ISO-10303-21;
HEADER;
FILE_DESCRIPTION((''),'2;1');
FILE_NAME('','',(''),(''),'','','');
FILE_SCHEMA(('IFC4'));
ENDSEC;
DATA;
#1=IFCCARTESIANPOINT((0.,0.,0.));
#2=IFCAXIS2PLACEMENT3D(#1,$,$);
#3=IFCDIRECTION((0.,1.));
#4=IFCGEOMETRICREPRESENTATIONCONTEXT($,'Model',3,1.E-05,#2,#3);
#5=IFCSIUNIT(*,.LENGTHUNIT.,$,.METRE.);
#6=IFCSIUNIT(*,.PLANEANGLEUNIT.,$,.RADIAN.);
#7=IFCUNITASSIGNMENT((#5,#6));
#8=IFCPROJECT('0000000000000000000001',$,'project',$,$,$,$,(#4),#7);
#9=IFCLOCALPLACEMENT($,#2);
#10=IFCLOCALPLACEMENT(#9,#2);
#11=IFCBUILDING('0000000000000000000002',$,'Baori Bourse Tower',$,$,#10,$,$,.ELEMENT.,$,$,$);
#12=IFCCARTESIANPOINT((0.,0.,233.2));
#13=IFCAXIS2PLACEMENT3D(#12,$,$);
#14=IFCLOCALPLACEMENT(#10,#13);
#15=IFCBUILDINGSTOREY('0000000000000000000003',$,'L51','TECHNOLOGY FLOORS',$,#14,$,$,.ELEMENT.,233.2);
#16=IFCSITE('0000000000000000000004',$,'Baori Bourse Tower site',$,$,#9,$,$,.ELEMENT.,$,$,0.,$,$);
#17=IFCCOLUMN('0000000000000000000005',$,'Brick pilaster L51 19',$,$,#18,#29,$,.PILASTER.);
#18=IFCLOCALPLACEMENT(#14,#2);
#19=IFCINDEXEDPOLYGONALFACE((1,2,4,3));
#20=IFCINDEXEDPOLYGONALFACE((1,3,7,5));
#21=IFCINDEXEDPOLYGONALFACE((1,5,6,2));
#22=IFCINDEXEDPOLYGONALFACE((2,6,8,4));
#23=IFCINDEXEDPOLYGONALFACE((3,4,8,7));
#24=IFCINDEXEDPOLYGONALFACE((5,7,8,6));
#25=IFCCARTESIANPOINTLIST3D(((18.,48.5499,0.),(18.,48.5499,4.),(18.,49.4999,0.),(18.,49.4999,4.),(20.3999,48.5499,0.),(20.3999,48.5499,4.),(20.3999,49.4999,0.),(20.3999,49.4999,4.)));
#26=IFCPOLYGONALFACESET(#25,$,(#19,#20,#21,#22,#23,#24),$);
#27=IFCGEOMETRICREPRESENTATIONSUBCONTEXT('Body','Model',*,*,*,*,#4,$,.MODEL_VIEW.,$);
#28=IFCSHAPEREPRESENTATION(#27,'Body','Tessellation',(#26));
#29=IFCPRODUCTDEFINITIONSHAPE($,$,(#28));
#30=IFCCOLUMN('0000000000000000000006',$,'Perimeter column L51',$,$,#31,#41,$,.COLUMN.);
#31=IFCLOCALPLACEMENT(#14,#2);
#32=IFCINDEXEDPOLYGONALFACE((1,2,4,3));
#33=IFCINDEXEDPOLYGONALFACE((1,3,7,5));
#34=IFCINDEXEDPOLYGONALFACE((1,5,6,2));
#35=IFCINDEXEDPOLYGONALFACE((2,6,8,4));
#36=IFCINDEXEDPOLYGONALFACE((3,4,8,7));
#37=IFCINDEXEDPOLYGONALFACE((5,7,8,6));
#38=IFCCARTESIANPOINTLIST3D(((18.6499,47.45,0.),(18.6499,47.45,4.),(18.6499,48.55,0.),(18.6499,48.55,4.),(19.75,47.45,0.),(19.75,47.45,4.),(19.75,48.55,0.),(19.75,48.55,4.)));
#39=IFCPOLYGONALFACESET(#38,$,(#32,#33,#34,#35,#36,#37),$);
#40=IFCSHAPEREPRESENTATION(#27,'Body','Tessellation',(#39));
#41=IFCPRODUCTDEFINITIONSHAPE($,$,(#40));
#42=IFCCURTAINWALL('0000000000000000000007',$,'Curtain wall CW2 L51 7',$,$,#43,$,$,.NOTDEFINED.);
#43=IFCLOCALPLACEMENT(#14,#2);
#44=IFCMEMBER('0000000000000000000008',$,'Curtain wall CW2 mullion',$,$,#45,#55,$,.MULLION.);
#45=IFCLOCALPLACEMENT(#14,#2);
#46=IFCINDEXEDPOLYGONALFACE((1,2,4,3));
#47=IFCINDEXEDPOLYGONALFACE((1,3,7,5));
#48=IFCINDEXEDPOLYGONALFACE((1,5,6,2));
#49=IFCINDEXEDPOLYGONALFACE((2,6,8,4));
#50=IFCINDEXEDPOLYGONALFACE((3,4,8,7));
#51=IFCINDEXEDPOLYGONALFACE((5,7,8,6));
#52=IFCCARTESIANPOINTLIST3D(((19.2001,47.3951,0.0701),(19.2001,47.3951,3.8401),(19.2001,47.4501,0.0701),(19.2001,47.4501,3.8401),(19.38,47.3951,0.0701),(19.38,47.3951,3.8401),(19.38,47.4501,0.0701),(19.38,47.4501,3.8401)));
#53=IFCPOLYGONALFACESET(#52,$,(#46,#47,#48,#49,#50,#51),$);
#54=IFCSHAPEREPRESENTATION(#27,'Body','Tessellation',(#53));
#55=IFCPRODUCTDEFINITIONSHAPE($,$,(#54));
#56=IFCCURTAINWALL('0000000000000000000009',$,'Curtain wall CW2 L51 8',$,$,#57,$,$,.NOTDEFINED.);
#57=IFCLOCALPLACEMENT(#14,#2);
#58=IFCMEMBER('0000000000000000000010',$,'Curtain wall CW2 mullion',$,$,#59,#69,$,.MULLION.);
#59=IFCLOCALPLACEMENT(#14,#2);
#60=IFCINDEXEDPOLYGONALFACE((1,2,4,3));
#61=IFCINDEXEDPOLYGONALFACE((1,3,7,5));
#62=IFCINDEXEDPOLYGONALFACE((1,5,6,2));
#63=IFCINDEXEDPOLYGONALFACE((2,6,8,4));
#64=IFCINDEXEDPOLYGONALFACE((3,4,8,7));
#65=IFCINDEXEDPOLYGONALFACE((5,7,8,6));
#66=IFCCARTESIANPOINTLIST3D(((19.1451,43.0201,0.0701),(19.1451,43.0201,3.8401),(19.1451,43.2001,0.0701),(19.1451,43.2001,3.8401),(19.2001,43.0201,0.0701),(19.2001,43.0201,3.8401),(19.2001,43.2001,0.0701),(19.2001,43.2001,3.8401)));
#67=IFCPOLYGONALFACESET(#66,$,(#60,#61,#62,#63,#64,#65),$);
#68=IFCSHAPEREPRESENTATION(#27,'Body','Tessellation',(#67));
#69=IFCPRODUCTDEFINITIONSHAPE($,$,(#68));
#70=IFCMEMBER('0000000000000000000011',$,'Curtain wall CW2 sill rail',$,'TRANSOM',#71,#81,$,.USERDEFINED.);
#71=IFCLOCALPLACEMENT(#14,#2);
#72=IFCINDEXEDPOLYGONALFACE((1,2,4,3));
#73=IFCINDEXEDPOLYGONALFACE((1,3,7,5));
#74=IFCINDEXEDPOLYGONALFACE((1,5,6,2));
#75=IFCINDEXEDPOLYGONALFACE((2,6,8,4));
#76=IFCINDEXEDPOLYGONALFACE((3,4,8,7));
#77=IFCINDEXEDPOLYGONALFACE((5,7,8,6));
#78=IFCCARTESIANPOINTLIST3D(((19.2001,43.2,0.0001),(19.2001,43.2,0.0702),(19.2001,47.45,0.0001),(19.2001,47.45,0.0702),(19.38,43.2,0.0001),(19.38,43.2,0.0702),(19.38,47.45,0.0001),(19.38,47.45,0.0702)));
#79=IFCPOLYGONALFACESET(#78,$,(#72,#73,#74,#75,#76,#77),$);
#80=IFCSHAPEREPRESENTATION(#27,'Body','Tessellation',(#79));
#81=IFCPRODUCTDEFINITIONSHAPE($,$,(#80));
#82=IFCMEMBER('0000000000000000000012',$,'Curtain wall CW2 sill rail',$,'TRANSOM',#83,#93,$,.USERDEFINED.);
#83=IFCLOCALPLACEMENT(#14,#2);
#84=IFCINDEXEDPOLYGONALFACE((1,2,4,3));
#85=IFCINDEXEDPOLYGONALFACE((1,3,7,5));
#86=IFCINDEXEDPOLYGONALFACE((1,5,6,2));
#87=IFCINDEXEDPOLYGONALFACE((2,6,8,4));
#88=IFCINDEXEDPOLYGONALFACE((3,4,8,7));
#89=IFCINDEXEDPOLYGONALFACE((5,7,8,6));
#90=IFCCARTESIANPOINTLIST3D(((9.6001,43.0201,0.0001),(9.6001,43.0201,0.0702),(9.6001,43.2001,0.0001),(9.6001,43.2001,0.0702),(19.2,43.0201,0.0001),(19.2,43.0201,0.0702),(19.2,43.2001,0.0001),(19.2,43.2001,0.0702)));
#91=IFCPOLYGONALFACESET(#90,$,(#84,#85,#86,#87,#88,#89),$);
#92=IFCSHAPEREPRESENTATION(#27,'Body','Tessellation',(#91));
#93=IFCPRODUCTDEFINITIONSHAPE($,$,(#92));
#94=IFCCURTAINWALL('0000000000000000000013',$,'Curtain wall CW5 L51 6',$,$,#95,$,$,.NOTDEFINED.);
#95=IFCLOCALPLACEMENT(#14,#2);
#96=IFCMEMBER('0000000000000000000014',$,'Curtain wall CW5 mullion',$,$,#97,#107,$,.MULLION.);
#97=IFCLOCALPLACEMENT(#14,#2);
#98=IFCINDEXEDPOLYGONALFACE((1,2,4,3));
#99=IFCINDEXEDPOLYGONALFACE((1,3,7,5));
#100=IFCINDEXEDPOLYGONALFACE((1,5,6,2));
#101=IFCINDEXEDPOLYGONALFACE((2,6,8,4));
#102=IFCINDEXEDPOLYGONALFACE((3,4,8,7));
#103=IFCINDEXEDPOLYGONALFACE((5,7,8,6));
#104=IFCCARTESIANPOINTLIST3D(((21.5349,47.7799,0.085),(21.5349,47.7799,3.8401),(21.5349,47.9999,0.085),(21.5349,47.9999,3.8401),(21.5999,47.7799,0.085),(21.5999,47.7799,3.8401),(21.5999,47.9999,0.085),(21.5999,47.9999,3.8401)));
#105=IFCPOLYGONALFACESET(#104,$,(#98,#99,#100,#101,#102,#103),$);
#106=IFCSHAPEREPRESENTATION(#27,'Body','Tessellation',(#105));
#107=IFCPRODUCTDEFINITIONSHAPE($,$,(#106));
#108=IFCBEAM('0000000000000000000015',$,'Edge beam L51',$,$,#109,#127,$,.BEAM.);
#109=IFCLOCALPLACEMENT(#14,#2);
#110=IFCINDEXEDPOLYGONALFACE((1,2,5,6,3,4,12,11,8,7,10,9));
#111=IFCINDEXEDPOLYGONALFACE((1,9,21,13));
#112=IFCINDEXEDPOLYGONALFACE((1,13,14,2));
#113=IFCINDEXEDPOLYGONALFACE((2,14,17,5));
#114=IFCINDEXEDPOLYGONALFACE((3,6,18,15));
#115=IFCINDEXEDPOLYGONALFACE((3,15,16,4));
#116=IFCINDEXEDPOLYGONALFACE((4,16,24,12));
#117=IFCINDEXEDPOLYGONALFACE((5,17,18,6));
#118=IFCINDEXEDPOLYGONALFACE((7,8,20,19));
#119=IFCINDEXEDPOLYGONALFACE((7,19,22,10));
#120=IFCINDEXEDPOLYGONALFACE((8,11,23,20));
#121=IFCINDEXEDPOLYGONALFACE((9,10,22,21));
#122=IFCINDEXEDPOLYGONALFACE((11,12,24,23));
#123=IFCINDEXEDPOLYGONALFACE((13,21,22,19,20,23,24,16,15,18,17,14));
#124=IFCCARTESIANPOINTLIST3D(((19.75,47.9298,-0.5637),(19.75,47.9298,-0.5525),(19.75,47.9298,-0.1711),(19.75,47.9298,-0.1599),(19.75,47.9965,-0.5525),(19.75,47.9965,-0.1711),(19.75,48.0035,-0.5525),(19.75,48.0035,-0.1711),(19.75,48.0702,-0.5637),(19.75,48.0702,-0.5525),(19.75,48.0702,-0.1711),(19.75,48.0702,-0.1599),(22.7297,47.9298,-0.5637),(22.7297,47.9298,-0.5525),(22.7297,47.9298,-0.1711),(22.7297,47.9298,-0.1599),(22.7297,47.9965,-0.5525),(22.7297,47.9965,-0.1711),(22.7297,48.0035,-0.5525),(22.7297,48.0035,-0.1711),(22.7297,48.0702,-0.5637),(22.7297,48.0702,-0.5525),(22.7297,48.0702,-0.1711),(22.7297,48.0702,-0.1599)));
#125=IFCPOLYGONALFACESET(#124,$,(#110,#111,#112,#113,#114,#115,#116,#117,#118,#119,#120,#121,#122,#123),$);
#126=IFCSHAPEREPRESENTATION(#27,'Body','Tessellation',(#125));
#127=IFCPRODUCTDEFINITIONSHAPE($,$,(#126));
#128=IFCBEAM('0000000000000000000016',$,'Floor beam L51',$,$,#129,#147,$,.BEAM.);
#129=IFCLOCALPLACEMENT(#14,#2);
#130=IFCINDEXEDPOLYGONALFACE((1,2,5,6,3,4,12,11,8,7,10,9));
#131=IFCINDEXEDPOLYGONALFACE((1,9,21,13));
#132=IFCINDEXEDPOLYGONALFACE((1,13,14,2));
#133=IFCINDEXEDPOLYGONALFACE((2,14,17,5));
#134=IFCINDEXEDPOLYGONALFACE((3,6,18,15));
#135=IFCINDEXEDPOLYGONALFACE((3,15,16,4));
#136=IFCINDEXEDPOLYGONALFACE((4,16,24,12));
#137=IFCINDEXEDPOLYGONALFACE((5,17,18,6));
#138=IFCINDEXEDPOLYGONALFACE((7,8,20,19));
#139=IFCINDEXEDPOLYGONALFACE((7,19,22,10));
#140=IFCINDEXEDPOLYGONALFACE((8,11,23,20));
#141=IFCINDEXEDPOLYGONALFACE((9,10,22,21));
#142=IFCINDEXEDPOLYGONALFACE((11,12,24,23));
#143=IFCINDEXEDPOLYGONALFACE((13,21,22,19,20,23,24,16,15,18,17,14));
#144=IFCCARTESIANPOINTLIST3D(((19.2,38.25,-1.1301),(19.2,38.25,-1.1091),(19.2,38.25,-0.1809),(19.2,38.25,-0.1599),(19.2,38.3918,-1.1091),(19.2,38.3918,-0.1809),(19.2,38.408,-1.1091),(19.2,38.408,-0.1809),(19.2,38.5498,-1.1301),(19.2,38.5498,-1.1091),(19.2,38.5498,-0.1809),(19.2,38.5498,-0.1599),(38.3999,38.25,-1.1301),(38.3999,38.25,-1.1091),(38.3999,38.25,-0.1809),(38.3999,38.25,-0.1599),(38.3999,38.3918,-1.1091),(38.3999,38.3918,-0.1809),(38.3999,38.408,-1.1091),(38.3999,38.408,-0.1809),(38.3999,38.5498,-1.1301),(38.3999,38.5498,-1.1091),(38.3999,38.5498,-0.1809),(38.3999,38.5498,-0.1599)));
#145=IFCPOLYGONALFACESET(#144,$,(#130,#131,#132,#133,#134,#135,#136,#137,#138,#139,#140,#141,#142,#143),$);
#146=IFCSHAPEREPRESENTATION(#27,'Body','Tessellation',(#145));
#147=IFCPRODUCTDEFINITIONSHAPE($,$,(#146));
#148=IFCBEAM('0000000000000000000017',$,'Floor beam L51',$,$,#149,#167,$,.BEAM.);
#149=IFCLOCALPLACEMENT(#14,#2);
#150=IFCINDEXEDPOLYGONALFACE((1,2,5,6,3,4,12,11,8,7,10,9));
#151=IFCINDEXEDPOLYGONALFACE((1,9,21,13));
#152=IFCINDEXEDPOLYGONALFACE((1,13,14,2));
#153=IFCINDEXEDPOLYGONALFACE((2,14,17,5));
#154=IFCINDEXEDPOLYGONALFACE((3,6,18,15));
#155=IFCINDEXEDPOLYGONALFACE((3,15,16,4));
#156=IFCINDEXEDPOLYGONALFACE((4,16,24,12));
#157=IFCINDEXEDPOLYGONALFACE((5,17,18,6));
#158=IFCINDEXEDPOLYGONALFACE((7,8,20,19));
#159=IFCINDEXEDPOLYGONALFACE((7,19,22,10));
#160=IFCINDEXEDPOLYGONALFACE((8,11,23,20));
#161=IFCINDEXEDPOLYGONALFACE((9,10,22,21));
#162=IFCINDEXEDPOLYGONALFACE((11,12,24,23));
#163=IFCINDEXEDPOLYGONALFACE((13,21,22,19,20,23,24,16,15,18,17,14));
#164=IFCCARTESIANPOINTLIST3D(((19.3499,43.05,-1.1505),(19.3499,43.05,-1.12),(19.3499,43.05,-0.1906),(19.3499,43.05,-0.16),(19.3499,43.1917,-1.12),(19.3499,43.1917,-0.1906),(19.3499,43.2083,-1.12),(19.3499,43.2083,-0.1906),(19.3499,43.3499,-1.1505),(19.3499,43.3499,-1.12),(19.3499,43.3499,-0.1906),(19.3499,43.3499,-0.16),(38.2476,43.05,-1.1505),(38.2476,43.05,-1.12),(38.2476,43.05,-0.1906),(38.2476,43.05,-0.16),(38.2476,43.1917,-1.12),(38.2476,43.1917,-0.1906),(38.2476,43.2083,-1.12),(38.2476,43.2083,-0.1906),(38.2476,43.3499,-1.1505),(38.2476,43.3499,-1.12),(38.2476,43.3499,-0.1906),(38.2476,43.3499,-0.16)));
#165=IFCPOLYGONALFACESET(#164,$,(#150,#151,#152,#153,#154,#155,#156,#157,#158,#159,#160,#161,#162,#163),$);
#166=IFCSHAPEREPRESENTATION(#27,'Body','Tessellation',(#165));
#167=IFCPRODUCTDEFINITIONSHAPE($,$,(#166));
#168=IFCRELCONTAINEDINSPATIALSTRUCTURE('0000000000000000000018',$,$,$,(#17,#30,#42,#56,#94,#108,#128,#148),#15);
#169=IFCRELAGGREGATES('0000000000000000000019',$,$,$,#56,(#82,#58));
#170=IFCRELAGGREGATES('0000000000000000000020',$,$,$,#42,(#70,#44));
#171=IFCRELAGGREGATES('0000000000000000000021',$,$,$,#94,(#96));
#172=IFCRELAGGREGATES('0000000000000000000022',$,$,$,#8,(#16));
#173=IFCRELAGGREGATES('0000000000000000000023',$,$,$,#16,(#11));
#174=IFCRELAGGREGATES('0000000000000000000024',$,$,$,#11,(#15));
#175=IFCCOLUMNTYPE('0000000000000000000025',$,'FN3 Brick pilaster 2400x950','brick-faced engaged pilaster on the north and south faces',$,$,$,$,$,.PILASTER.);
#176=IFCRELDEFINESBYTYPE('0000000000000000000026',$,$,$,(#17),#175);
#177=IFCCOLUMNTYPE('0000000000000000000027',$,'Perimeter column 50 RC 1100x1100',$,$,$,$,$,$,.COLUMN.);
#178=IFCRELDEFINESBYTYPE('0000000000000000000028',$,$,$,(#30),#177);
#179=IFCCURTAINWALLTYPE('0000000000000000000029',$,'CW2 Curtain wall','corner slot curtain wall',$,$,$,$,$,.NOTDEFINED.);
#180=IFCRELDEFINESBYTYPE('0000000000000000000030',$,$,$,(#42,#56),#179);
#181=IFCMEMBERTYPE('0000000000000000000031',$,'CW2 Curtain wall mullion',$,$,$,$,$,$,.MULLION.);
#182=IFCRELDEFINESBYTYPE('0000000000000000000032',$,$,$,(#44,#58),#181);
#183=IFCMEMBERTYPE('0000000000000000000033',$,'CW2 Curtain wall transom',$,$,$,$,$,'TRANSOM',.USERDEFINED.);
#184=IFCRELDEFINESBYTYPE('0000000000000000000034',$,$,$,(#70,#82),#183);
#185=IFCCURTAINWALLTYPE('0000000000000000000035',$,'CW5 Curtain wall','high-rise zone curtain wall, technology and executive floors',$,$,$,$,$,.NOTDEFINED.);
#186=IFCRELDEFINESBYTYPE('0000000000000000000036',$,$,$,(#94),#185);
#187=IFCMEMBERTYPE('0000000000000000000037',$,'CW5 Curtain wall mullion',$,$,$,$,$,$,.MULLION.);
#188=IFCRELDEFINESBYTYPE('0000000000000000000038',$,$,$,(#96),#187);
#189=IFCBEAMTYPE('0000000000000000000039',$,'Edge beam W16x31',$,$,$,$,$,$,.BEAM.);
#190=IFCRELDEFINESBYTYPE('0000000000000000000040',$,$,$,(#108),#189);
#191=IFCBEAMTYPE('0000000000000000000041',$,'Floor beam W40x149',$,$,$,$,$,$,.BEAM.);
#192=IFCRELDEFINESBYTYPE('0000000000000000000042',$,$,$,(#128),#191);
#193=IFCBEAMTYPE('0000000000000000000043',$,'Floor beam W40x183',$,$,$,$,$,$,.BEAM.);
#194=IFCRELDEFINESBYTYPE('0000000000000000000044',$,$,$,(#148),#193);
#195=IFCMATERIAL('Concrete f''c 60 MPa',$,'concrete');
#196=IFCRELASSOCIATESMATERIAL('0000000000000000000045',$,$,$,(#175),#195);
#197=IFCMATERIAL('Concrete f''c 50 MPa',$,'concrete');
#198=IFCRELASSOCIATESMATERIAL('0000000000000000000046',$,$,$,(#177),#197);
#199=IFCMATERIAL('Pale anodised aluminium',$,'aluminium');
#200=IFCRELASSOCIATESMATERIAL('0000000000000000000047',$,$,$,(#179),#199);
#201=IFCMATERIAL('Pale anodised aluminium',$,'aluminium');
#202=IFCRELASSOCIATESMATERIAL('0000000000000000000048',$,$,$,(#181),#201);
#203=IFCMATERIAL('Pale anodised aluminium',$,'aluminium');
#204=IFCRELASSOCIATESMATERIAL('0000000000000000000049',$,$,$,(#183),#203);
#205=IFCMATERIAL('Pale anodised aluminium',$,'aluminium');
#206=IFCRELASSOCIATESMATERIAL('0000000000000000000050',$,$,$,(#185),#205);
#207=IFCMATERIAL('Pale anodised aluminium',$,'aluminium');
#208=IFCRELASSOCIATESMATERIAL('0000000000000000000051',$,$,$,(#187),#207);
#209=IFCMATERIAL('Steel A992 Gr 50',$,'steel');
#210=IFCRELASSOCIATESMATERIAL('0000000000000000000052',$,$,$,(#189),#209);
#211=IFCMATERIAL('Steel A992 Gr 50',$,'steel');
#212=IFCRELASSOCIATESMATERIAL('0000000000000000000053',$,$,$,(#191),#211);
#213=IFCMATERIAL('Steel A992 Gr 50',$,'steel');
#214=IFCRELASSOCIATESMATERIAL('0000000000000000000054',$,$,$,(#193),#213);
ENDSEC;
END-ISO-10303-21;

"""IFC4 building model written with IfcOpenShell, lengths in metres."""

from ifc_helpers import new_model, si_unit, direction, frame, origin, origin_2d, place, context, subcontext, project, spatial, rectangle, i_section, extrude, material, material_profile, profile_set, type_object, element, aggregate, save


model = new_model("IFC4")

# Units and contexts
model_context = context("Model", 3, precision=1e-05, world=origin(), true_north=direction((0.0, 1.0)))
body_context = subcontext(model_context, "Body", "Model", "MODEL_VIEW")
ifc_project = project(units=[si_unit("LENGTHUNIT", "METRE"), si_unit("PLANEANGLEUNIT", "RADIAN")], contexts=[model_context])

# Site, building, storey
site_placement = place(None, origin())
site = spatial("IfcSite", under=ifc_project, at=site_placement, Name="Baori Bourse Tower site", CompositionType="ELEMENT", RefElevation=0.0)
building_placement = place(site_placement, origin())
building = spatial("IfcBuilding", under=site, at=building_placement, Name="Baori Bourse Tower", CompositionType="ELEMENT")
storey_placement = place(building_placement, frame((0.0, 0.0, 233.2)))
storey = spatial("IfcBuildingStorey", under=building, at=storey_placement, Name="L51", Description="TECHNOLOGY FLOORS", CompositionType="ELEMENT", Elevation=233.2)

# Columns
ifc_material_1 = material(Name="Concrete f'c 60 MPa", Category="concrete")
ifc_material_profile_1 = material_profile(ifc_material_1, rectangle(XDim=2.3999, YDim=0.95, at=origin_2d()), Name="RC 2400x950")
ifc_profile_set_1 = profile_set([ifc_material_profile_1], Name="Concrete f'c 60 MPa")
column_type_1 = type_object("IfcColumnType", Name="FN3 Brick pilaster 2400x950", Description="brick-faced engaged pilaster on the north and south faces", PredefinedType="PILASTER", material=ifc_profile_set_1)
column_1_placement = place(storey_placement, frame((19.2, 49.0249, 0.0), z_axis=(0.0, 0.0, 1.0), x_axis=(1.0, 0.0, 0.0)))
element("IfcColumn", 1, at=column_1_placement, inside=storey, type_object=column_type_1, Name="Brick pilaster L51 19", PredefinedType="PILASTER", context=body_context, shape_type="SweptSolid", body=[
    extrude(rectangle(XDim=2.3999, YDim=0.95, at=origin_2d()), origin(), (0.0, 0.0, 1.0), 4.0),
])
ifc_material_2 = material(Name="Concrete f'c 50 MPa", Category="concrete")
ifc_material_profile_2 = material_profile(ifc_material_2, rectangle(XDim=1.1001, YDim=1.1001, at=origin_2d()), Name="RC 1100x1100")
ifc_profile_set_2 = profile_set([ifc_material_profile_2], Name="Concrete f'c 50 MPa")
column_type_2 = type_object("IfcColumnType", Name="Perimeter column 50 RC 1100x1100", PredefinedType="COLUMN", material=ifc_profile_set_2)
column_2_placement = place(storey_placement, frame((19.2, 48.0, 0.0), z_axis=(0.0, 0.0, 1.0), x_axis=(1.0, 0.0, 0.0)))
element("IfcColumn", 2, at=column_2_placement, inside=storey, type_object=column_type_2, Name="Perimeter column L51", PredefinedType="COLUMN", context=body_context, shape_type="SweptSolid", body=[
    extrude(rectangle(XDim=1.1001, YDim=1.1001, at=origin_2d()), origin(), (0.0, 0.0, 1.0), 4.0),
])

# Curtain walls, members
ifc_material_3 = material(Name="Pale anodised aluminium", Category="aluminium")
curtain_wall_type_1 = type_object("IfcCurtainWallType", Name="CW2 Curtain wall", Description="corner slot curtain wall", PredefinedType="NOTDEFINED", material=ifc_material_3)
curtain_wall_1_placement = place(storey_placement, origin())
curtain_wall_1 = element("IfcCurtainWall", 3, at=curtain_wall_1_placement, inside=storey, type_object=curtain_wall_type_1, Name="Curtain wall CW2 L51 7", PredefinedType="NOTDEFINED")
ifc_material_4 = material(Name="Pale anodised aluminium", Category="aluminium")
ifc_material_profile_3 = material_profile(ifc_material_4, rectangle(XDim=0.1799, YDim=0.0549, at=origin_2d()), Name="Mullion 55x180")
ifc_profile_set_3 = profile_set([ifc_material_profile_3], Name="Pale anodised aluminium")
member_type_1 = type_object("IfcMemberType", Name="CW2 Curtain wall mullion", PredefinedType="MULLION", material=ifc_profile_set_3)
member_1_placement = place(storey_placement, frame((19.29, 47.4226, 0.0701), z_axis=(0.0, 0.0, 1.0), x_axis=(1.0, 0.0, 0.0)))
member_1 = element("IfcMember", 4, at=member_1_placement, type_object=member_type_1, Name="Curtain wall CW2 mullion", PredefinedType="MULLION", context=body_context, shape_type="SweptSolid", body=[
    extrude(rectangle(XDim=0.1799, YDim=0.0549, at=origin_2d()), origin(), (0.0, 0.0, 1.0), 3.77),
])
curtain_wall_2_placement = place(storey_placement, origin())
curtain_wall_2 = element("IfcCurtainWall", 5, at=curtain_wall_2_placement, inside=storey, type_object=curtain_wall_type_1, Name="Curtain wall CW2 L51 8", PredefinedType="NOTDEFINED")
member_2_placement = place(storey_placement, frame((19.1726, 43.1101, 0.0701), z_axis=(0.0, 0.0, 1.0), x_axis=(0.0, -1.0, 0.0)))
member_2 = element("IfcMember", 6, at=member_2_placement, type_object=member_type_1, Name="Curtain wall CW2 mullion", PredefinedType="MULLION", context=body_context, shape_type="SweptSolid", body=[
    extrude(rectangle(XDim=0.1799, YDim=0.0549, at=origin_2d()), origin(), (0.0, 0.0, 1.0), 3.77),
])

# Members
ifc_material_5 = material(Name="Pale anodised aluminium", Category="aluminium")
ifc_material_profile_4 = material_profile(ifc_material_5, rectangle(XDim=0.1799, YDim=0.0701, at=origin_2d()), Name="Transom 70x180")
ifc_profile_set_4 = profile_set([ifc_material_profile_4], Name="Pale anodised aluminium")
member_type_2 = type_object("IfcMemberType", Name="CW2 Curtain wall transom", ElementType="TRANSOM", PredefinedType="USERDEFINED", material=ifc_profile_set_4)
member_3_placement = place(storey_placement, frame((19.29, 47.45, 0.0352), z_axis=(0.0, -1.0, 0.0), x_axis=(1.0, 0.0, 0.0)))
member_3 = element("IfcMember", 7, at=member_3_placement, type_object=member_type_2, Name="Curtain wall CW2 sill rail", ObjectType="TRANSOM", PredefinedType="USERDEFINED", context=body_context, shape_type="SweptSolid", body=[
    extrude(rectangle(XDim=0.1799, YDim=0.0701, at=origin_2d()), origin(), (0.0, 0.0, 1.0), 4.25),
])
member_4_placement = place(storey_placement, frame((19.2, 43.1101, 0.0352), z_axis=(-1.0, 0.0, 0.0), x_axis=(0.0, -1.0, 0.0)))
member_4 = element("IfcMember", 8, at=member_4_placement, type_object=member_type_2, Name="Curtain wall CW2 sill rail", ObjectType="TRANSOM", PredefinedType="USERDEFINED", context=body_context, shape_type="SweptSolid", body=[
    extrude(rectangle(XDim=0.1799, YDim=0.0701, at=origin_2d()), origin(), (0.0, 0.0, 1.0), 9.5999),
])
aggregate(curtain_wall_2, [member_4, member_2])

# Curtain wall, member
ifc_material_6 = material(Name="Pale anodised aluminium", Category="aluminium")
curtain_wall_type_2 = type_object("IfcCurtainWallType", Name="CW5 Curtain wall", Description="high-rise zone curtain wall, technology and executive floors", PredefinedType="NOTDEFINED", material=ifc_material_6)
curtain_wall_3_placement = place(storey_placement, origin())
curtain_wall_3 = element("IfcCurtainWall", 9, at=curtain_wall_3_placement, inside=storey, type_object=curtain_wall_type_2, Name="Curtain wall CW5 L51 6", PredefinedType="NOTDEFINED")
ifc_material_7 = material(Name="Pale anodised aluminium", Category="aluminium")
ifc_material_profile_5 = material_profile(ifc_material_7, rectangle(XDim=0.22, YDim=0.0649, at=origin_2d()), Name="Mullion 65x220")
ifc_profile_set_5 = profile_set([ifc_material_profile_5], Name="Pale anodised aluminium")
member_type_3 = type_object("IfcMemberType", Name="CW5 Curtain wall mullion", PredefinedType="MULLION", material=ifc_profile_set_5)
member_5_placement = place(storey_placement, frame((21.5674, 47.8899, 0.085), z_axis=(0.0, 0.0, 1.0), x_axis=(0.0, -1.0, 0.0)))
member_5 = element("IfcMember", 10, at=member_5_placement, type_object=member_type_3, Name="Curtain wall CW5 mullion", PredefinedType="MULLION", context=body_context, shape_type="SweptSolid", body=[
    extrude(rectangle(XDim=0.22, YDim=0.0649, at=origin_2d()), origin(), (0.0, 0.0, 1.0), 3.7551),
])

# Beams
ifc_material_8 = material(Name="Steel A992 Gr 50", Category="steel")
ifc_material_profile_6 = material_profile(ifc_material_8, i_section(OverallWidth=0.1404, OverallDepth=0.4038, WebThickness=0.0071, FlangeThickness=0.0112, at=origin_2d()), Name="W16x31")
ifc_profile_set_6 = profile_set([ifc_material_profile_6], Name="Steel A992 Gr 50")
beam_type_1 = type_object("IfcBeamType", Name="Edge beam W16x31", PredefinedType="BEAM", material=ifc_profile_set_6)
beam_1_placement = place(storey_placement, frame((19.75, 48.0, -0.3618), z_axis=(1.0, 0.0, 0.0), x_axis=(0.0, 1.0, 0.0)))
element("IfcBeam", 11, at=beam_1_placement, inside=storey, type_object=beam_type_1, Name="Edge beam L51", PredefinedType="BEAM", context=body_context, shape_type="SweptSolid", body=[
    extrude(i_section(OverallWidth=0.1404, OverallDepth=0.4038, WebThickness=0.0071, FlangeThickness=0.0112, at=origin_2d()), origin(), (0.0, 0.0, 1.0), 2.9797),
])
ifc_material_9 = material(Name="Steel A992 Gr 50", Category="steel")
ifc_material_profile_7 = material_profile(ifc_material_9, i_section(OverallWidth=0.2998, OverallDepth=0.9702, WebThickness=0.0161, FlangeThickness=0.021, at=origin_2d()), Name="W40x149")
ifc_profile_set_7 = profile_set([ifc_material_profile_7], Name="Steel A992 Gr 50")
beam_type_2 = type_object("IfcBeamType", Name="Floor beam W40x149", PredefinedType="BEAM", material=ifc_profile_set_7)
beam_2_placement = place(storey_placement, frame((19.2, 38.3999, -0.645), z_axis=(1.0, 0.0, 0.0), x_axis=(0.0, 1.0, 0.0)))
element("IfcBeam", 12, at=beam_2_placement, inside=storey, type_object=beam_type_2, Name="Floor beam L51", PredefinedType="BEAM", context=body_context, shape_type="SweptSolid", body=[
    extrude(i_section(OverallWidth=0.2998, OverallDepth=0.9702, WebThickness=0.0161, FlangeThickness=0.021, at=origin_2d()), origin(), (0.0, 0.0, 1.0), 19.2),
])
ifc_material_10 = material(Name="Steel A992 Gr 50", Category="steel")
ifc_material_profile_8 = material_profile(ifc_material_10, i_section(OverallWidth=0.2998, OverallDepth=0.9905, WebThickness=0.0166, FlangeThickness=0.0305, at=origin_2d()), Name="W40x183")
ifc_profile_set_8 = profile_set([ifc_material_profile_8], Name="Steel A992 Gr 50")
beam_type_3 = type_object("IfcBeamType", Name="Floor beam W40x183", PredefinedType="BEAM", material=ifc_profile_set_8)
beam_3_placement = place(storey_placement, frame((19.3499, 43.2, -0.6553), z_axis=(1.0, 0.0, 0.0), x_axis=(0.0, 1.0, 0.0)))
element("IfcBeam", 13, at=beam_3_placement, inside=storey, type_object=beam_type_3, Name="Floor beam L51", PredefinedType="BEAM", context=body_context, shape_type="SweptSolid", body=[
    extrude(i_section(OverallWidth=0.2998, OverallDepth=0.9905, WebThickness=0.0166, FlangeThickness=0.0305, at=origin_2d()), origin(), (0.0, 0.0, 1.0), 18.8977),
])

aggregate(curtain_wall_1, [member_3, member_1])
aggregate(curtain_wall_3, [member_5])

save(model, "model.ifc")
